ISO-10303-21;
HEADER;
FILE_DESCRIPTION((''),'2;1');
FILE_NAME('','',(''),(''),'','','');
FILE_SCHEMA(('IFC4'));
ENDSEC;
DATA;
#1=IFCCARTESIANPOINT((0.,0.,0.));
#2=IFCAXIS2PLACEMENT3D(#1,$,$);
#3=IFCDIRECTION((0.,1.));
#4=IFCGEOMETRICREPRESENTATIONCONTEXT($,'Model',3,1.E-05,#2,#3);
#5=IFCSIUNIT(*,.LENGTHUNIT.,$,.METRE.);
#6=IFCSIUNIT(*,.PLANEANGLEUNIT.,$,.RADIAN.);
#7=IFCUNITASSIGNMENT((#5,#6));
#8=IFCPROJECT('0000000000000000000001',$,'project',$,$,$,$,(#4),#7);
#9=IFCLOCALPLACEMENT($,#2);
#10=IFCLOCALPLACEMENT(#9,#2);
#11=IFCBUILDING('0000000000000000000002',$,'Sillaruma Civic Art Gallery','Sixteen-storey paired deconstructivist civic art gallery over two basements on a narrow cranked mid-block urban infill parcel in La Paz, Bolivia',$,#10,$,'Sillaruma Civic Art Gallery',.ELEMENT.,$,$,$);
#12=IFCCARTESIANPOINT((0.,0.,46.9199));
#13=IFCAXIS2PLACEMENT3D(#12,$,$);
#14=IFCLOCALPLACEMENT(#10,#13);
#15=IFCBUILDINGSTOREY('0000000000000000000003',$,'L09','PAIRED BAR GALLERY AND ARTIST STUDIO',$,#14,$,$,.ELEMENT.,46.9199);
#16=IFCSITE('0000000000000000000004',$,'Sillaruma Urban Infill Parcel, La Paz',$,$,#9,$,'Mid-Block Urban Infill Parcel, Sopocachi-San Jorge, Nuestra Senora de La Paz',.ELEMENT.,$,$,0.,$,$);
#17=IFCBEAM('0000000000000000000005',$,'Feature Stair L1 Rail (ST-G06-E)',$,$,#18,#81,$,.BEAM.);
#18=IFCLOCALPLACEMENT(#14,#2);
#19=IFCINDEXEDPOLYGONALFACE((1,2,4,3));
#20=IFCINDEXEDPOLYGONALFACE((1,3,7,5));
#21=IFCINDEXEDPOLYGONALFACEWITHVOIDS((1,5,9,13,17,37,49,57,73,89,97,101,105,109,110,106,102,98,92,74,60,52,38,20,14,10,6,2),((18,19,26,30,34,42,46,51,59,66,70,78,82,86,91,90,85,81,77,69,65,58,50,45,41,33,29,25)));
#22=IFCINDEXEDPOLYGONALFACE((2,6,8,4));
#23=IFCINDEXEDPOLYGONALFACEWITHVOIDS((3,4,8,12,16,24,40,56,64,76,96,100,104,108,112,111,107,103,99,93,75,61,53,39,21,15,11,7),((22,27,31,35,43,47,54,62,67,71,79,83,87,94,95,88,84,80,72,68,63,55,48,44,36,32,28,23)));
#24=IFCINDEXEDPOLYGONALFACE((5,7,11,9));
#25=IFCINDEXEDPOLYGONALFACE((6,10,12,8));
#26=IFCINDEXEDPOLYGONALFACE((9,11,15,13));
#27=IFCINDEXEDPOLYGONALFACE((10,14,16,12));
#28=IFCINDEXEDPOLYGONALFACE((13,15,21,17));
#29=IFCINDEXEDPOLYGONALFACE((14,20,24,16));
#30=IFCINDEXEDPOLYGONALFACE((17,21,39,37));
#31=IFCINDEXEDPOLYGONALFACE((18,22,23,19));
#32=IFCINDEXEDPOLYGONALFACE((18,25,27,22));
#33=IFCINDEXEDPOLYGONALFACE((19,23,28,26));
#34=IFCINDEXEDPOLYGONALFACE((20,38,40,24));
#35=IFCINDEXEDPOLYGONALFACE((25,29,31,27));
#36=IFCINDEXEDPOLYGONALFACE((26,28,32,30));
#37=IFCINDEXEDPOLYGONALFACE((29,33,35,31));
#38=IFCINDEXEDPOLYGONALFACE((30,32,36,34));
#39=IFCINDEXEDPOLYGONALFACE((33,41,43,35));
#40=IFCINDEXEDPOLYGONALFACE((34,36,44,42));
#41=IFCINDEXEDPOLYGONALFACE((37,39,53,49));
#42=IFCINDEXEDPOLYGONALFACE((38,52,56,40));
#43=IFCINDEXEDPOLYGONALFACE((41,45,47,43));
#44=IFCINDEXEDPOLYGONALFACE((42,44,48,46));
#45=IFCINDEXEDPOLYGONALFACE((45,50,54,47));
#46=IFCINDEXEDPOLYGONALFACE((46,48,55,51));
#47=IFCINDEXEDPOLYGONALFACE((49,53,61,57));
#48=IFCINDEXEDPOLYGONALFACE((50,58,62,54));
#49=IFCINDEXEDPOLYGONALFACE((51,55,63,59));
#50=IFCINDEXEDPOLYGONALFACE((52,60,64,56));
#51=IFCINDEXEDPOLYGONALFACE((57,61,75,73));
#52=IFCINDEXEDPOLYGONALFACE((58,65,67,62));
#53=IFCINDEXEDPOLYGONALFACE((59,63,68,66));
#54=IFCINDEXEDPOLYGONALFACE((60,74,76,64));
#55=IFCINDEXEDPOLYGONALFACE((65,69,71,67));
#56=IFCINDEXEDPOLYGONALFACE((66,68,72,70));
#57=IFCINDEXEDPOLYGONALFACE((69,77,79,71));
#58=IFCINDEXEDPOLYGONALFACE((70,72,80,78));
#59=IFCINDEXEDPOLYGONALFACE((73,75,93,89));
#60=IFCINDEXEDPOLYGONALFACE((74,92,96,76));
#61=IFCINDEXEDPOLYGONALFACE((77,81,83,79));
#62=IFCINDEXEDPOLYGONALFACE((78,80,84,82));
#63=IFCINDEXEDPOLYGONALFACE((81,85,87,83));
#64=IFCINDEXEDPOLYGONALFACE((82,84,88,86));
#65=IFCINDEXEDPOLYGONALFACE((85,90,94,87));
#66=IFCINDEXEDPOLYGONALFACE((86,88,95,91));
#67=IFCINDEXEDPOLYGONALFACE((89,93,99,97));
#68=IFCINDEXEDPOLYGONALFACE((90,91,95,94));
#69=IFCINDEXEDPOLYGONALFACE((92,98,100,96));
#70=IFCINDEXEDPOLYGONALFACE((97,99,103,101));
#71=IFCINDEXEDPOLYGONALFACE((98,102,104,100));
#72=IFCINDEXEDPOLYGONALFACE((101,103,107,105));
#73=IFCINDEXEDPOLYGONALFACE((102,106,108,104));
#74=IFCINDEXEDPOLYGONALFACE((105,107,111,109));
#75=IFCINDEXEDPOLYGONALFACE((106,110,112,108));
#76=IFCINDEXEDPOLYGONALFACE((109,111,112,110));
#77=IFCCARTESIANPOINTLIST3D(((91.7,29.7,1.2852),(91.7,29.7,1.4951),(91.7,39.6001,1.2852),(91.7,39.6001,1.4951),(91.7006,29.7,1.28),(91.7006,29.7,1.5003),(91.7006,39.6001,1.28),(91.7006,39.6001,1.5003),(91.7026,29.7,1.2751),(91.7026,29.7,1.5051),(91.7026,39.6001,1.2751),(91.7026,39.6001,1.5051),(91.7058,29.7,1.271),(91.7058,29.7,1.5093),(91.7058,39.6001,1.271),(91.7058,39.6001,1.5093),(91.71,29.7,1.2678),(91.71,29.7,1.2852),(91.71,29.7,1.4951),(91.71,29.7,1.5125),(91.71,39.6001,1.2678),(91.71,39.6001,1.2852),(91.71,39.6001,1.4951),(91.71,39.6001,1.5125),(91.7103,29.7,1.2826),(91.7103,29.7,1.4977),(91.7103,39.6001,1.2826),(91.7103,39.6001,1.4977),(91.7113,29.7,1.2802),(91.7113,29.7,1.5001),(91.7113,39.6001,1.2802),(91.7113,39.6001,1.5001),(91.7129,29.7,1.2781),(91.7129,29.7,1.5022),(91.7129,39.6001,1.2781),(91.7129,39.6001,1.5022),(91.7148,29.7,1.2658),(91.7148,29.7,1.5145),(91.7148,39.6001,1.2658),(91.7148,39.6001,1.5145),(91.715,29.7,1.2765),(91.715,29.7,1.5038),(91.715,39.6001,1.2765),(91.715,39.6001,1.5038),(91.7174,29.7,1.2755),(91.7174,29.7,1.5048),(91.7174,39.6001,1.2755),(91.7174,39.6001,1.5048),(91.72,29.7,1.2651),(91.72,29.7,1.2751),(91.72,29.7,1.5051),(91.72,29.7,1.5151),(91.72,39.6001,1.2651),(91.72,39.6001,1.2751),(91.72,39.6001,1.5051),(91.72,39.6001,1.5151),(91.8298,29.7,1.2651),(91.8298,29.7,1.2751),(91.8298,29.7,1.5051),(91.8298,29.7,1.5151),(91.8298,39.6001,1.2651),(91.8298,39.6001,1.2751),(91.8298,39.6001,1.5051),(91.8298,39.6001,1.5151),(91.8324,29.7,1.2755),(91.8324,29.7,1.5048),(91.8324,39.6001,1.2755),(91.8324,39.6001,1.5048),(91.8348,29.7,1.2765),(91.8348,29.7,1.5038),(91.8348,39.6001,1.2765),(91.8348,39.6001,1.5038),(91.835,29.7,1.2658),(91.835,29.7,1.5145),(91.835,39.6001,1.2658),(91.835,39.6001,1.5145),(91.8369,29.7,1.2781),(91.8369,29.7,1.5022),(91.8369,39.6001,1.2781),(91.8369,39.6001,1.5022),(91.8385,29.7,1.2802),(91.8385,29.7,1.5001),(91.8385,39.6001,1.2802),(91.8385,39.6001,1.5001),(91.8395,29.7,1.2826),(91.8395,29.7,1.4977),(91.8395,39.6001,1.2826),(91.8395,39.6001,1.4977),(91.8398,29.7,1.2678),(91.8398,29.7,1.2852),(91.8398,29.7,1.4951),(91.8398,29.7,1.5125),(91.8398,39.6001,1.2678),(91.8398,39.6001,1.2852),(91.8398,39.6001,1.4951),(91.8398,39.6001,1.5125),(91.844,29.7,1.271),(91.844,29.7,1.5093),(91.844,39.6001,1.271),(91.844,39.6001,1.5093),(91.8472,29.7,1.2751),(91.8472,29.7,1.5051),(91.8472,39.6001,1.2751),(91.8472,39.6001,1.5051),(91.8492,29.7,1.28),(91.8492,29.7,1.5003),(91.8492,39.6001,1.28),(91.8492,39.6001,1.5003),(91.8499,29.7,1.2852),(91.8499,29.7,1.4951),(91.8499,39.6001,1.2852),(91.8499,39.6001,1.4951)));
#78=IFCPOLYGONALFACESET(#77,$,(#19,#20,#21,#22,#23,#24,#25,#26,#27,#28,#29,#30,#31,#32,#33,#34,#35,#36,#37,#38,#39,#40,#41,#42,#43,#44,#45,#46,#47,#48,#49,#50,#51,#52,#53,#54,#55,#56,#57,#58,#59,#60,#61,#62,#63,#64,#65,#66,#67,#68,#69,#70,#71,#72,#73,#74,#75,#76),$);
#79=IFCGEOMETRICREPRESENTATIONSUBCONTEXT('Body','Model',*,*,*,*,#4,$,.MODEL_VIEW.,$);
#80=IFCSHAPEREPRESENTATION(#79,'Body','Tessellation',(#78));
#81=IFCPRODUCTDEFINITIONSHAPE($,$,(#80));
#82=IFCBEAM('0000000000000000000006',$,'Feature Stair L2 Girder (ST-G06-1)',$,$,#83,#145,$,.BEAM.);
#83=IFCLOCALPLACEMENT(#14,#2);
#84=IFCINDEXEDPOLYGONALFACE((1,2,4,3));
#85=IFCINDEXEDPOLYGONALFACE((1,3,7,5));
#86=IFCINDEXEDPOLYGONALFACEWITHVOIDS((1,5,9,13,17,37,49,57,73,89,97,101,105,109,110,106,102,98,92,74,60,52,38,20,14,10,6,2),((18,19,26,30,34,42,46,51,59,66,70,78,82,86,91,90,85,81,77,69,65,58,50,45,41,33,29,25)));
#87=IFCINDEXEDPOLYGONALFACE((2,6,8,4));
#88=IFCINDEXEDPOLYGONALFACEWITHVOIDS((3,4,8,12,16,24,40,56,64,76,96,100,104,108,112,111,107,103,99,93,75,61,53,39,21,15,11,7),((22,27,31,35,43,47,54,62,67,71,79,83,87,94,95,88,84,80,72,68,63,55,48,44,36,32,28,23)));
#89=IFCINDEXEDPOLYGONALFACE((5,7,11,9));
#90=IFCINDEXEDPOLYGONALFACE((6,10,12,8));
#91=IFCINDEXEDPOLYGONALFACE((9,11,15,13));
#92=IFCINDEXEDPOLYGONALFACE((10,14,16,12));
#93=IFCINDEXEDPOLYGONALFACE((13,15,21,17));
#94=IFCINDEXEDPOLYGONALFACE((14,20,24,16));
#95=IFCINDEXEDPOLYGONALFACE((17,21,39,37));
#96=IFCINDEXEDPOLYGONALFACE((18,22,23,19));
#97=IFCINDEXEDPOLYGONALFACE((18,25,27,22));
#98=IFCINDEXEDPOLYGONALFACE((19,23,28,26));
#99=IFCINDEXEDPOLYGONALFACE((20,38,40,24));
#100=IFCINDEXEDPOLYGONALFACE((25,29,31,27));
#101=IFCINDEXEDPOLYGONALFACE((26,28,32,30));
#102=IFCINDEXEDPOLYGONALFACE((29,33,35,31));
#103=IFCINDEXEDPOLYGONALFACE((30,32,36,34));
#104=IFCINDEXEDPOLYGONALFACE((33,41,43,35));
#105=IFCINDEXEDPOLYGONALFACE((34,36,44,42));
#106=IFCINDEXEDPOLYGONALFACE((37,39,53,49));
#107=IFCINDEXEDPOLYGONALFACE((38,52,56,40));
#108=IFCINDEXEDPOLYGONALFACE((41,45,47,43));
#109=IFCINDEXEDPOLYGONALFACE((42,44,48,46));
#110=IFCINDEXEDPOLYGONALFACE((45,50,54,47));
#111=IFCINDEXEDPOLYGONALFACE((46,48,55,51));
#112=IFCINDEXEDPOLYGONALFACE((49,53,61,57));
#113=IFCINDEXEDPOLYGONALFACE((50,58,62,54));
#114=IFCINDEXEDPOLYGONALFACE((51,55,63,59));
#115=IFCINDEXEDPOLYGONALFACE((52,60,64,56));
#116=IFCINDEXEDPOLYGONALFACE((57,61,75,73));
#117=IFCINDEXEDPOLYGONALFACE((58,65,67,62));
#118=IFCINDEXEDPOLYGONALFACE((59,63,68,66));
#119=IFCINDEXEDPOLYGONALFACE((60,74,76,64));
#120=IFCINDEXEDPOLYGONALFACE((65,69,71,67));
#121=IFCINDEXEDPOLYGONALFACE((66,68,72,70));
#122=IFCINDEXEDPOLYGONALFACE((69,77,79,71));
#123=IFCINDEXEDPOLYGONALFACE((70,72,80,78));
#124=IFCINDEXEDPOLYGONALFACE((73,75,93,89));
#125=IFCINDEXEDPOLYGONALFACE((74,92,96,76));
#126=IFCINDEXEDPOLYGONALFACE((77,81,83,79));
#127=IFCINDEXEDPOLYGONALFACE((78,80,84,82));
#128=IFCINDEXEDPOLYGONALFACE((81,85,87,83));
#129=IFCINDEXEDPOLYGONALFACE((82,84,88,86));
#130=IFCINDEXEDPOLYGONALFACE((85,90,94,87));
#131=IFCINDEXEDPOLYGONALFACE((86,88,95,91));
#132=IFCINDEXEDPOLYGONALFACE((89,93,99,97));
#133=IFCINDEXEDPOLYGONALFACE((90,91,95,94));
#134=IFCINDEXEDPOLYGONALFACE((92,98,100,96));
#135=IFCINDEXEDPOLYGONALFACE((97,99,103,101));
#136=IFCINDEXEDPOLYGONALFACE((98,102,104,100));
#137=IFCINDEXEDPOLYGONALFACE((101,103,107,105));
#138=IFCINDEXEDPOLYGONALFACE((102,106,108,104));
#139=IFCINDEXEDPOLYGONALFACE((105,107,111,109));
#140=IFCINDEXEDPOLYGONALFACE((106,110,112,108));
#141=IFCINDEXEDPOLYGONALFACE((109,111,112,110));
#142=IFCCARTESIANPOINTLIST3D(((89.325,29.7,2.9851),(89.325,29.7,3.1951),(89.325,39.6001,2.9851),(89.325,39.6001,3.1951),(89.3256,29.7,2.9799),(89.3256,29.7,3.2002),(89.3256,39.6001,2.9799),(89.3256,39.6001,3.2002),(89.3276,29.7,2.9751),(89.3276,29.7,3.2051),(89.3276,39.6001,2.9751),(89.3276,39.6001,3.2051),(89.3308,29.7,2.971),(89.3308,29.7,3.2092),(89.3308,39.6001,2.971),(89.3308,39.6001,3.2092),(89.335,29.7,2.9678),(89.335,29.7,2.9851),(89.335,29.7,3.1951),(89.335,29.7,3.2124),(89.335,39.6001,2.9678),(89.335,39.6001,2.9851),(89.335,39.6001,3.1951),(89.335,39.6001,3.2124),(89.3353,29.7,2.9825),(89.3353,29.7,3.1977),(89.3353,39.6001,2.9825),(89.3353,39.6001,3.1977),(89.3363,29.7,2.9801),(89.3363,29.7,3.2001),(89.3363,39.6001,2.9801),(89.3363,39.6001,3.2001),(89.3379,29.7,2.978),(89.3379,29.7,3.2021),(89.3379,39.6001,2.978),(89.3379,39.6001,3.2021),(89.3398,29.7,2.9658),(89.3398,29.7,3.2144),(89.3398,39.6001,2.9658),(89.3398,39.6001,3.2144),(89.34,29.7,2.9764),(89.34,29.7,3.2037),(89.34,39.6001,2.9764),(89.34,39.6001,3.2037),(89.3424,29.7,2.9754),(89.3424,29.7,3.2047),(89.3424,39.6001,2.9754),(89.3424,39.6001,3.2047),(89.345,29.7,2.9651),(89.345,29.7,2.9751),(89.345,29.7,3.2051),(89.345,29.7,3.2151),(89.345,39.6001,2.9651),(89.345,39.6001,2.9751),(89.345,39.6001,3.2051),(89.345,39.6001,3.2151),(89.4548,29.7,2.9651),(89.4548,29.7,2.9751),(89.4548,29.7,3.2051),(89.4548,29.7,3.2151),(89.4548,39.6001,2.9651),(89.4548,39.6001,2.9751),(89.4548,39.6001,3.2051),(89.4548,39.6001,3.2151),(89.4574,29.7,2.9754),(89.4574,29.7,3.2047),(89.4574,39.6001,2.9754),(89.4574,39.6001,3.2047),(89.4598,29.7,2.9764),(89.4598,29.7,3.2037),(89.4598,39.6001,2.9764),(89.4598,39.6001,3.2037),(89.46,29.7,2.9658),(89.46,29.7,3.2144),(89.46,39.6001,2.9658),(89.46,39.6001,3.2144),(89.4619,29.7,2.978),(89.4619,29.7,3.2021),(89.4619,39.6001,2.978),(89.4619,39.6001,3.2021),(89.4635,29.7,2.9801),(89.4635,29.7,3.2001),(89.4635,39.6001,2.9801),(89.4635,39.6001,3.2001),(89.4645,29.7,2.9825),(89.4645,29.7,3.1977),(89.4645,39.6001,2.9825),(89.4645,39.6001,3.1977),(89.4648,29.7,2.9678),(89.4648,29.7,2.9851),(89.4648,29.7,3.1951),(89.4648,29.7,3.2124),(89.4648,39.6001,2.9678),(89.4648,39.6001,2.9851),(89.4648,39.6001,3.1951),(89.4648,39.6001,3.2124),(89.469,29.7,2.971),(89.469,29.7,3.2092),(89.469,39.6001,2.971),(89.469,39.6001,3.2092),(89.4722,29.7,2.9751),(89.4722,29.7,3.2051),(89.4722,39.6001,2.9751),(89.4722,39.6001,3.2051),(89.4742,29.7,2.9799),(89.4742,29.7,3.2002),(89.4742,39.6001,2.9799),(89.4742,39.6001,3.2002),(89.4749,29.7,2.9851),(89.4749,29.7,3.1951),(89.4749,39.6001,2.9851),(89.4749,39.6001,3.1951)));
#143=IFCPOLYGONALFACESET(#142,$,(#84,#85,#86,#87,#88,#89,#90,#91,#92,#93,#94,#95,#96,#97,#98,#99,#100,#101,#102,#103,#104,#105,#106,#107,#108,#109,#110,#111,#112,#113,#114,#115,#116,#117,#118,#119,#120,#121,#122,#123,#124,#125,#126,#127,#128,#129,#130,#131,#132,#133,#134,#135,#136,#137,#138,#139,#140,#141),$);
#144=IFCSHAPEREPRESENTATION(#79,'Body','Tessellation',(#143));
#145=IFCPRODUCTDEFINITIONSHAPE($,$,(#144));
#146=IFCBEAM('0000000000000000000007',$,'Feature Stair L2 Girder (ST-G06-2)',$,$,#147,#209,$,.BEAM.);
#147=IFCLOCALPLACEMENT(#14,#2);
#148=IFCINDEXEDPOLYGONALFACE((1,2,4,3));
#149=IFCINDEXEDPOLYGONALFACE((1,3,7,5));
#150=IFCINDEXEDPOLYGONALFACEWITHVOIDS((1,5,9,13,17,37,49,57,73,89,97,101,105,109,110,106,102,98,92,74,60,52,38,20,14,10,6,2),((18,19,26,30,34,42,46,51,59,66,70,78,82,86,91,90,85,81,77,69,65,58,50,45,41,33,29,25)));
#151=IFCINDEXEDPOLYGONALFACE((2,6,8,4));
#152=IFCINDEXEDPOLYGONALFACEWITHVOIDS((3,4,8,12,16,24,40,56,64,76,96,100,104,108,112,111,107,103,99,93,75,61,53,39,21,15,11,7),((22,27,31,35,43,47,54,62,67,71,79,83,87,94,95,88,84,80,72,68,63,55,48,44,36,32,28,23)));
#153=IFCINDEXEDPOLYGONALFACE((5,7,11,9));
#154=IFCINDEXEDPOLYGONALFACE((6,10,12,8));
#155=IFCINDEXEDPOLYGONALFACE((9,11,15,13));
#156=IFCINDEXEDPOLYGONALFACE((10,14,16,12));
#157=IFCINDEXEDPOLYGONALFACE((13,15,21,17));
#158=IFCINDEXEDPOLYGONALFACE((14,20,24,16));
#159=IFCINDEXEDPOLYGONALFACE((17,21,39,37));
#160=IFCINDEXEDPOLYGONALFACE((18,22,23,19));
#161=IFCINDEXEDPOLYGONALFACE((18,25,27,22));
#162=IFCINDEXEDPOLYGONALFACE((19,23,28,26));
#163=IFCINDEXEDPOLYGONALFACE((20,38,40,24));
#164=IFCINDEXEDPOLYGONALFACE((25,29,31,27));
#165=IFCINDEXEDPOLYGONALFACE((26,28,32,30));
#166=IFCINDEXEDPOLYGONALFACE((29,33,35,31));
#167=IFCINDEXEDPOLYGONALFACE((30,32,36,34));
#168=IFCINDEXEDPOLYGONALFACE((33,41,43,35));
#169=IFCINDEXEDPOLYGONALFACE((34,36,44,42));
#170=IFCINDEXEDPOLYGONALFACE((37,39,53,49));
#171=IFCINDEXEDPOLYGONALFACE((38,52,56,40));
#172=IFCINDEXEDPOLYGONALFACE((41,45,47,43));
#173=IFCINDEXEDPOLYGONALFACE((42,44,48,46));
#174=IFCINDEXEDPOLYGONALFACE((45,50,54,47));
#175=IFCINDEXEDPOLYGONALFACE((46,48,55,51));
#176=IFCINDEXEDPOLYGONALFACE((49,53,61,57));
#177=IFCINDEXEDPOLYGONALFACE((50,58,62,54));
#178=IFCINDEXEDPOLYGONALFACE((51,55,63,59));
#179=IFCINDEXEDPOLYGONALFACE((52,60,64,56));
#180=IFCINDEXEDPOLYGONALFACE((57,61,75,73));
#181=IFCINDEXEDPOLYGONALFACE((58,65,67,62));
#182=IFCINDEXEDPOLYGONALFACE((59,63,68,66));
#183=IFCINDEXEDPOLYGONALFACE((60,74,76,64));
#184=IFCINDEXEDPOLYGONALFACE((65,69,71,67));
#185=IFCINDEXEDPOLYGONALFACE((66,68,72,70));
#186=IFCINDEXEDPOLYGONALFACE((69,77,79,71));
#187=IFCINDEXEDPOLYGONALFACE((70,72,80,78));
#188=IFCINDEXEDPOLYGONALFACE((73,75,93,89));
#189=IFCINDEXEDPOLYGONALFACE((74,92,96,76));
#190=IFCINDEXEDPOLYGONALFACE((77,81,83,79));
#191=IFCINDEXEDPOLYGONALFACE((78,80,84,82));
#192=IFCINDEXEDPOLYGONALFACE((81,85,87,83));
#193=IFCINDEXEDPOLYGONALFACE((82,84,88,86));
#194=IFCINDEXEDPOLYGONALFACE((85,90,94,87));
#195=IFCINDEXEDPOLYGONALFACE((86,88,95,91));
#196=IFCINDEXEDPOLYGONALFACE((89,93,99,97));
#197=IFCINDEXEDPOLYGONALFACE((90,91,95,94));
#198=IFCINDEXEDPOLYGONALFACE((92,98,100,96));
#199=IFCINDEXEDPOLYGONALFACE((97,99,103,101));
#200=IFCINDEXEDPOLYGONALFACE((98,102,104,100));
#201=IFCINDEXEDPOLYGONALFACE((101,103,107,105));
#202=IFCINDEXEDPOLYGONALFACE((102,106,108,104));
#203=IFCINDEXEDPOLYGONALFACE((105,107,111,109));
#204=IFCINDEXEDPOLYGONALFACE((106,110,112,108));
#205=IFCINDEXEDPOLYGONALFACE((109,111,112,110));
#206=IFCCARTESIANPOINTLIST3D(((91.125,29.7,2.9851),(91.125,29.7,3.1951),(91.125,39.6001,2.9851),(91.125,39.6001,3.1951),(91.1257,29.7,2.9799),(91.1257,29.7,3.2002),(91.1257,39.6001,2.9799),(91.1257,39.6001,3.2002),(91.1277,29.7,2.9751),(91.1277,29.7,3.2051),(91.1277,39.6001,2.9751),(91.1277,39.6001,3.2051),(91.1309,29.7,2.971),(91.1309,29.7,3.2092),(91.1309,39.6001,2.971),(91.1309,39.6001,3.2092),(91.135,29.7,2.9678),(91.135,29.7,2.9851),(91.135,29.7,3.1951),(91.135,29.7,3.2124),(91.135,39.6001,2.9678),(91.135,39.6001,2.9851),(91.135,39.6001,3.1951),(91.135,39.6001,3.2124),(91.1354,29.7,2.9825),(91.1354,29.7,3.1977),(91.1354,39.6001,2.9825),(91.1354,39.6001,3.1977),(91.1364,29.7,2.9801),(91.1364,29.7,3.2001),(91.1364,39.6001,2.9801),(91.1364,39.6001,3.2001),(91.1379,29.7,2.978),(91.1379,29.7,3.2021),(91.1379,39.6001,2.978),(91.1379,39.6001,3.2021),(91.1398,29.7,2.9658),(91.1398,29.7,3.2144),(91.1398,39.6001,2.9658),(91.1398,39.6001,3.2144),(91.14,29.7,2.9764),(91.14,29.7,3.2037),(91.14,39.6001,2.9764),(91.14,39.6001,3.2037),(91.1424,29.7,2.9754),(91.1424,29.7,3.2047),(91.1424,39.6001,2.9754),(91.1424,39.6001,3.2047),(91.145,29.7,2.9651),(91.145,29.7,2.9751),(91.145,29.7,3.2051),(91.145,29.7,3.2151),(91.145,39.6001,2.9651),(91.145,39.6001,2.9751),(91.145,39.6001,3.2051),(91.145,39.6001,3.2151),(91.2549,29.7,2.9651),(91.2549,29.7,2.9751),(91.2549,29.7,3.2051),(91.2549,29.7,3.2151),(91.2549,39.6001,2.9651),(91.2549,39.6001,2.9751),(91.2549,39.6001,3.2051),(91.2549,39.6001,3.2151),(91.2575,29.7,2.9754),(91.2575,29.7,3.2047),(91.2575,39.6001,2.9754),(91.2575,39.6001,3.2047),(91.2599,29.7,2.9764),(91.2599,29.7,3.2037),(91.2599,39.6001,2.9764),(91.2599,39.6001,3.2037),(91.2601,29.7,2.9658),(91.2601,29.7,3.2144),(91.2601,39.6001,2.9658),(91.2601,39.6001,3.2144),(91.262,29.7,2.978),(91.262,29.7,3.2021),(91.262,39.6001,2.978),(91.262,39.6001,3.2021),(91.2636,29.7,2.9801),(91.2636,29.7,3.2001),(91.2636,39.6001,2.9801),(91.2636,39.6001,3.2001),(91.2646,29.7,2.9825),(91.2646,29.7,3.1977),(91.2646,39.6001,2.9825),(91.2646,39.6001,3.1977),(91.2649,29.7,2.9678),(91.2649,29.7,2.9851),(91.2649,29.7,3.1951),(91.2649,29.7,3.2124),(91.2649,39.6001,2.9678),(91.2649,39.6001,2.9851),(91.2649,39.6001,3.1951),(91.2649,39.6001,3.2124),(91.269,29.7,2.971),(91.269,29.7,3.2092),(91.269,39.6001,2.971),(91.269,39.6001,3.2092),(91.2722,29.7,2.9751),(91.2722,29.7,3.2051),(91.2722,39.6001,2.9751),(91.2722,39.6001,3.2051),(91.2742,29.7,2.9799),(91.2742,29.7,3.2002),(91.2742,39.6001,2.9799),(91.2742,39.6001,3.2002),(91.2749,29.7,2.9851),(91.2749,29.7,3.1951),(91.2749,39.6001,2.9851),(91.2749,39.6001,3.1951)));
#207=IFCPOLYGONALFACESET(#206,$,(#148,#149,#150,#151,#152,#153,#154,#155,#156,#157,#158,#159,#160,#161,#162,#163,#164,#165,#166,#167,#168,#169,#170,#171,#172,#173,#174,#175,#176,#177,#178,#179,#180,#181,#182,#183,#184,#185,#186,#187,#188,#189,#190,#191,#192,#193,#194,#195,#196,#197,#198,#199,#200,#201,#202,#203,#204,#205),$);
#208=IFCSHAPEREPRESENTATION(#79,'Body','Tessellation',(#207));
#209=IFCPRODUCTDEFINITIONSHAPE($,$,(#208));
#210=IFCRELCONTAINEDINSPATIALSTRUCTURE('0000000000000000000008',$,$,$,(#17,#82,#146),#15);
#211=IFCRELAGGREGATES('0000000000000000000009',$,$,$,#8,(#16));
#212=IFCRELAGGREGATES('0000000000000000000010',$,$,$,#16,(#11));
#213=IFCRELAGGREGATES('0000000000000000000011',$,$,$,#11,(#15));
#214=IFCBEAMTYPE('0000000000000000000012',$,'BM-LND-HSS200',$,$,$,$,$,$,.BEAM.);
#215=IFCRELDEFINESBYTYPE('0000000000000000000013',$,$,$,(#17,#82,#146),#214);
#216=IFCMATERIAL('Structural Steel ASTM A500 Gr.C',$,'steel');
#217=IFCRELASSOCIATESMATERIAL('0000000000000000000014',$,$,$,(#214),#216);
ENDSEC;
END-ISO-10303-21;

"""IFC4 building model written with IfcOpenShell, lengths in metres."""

from ifc_helpers import new_model, si_unit, direction, frame, origin, origin_2d, place, context, subcontext, project, spatial, hollow_rectangle, extrude, material, material_profile, profile_set, type_object, element, save


model = new_model("IFC4")

# Units and contexts
model_context = context("Model", 3, precision=1e-05, world=origin(), true_north=direction((0.0, 1.0)))
body_context = subcontext(model_context, "Body", "Model", "MODEL_VIEW")
ifc_project = project(units=[si_unit("LENGTHUNIT", "METRE"), si_unit("PLANEANGLEUNIT", "RADIAN")], contexts=[model_context])

# Site, building, storey
site_placement = place(None, origin())
site = spatial("IfcSite", under=ifc_project, at=site_placement, Name="Sillaruma Urban Infill Parcel, La Paz", LongName="Mid-Block Urban Infill Parcel, Sopocachi-San Jorge, Nuestra Senora de La Paz", CompositionType="ELEMENT", RefElevation=0.0)
building_placement = place(site_placement, origin())
building = spatial("IfcBuilding", under=site, at=building_placement, Name="Sillaruma Civic Art Gallery", Description="Sixteen-storey paired deconstructivist civic art gallery over two basements on a narrow cranked mid-block urban infill parcel in La Paz, Bolivia", LongName="Sillaruma Civic Art Gallery", CompositionType="ELEMENT")
storey_placement = place(building_placement, frame((0.0, 0.0, 46.9199)))
storey = spatial("IfcBuildingStorey", under=building, at=storey_placement, Name="L09", Description="PAIRED BAR GALLERY AND ARTIST STUDIO", CompositionType="ELEMENT", Elevation=46.9199)

# Beams
ifc_material_1 = material(Name="Structural Steel ASTM A500 Gr.C", Category="steel")
ifc_material_profile_1 = material_profile(ifc_material_1, hollow_rectangle(XDim=0.1499, YDim=0.25, WallThickness=0.01, InnerFilletRadius=0.01, OuterFilletRadius=0.02, at=origin_2d()), Name="HSS250x150x10")
ifc_profile_set_1 = profile_set([ifc_material_profile_1], Name="Structural Steel ASTM A500 Gr.C")
beam_type_1 = type_object("IfcBeamType", Name="BM-LND-HSS200", PredefinedType="BEAM", material=ifc_profile_set_1)
for number, where, z_axis, x_axis, name in (
    (1, (91.7749, 29.7, 1.3901), (0.0, 1.0, 0.0), (-1.0, 0.0, 0.0), "Feature Stair L1 Rail (ST-G06-E)"),
    (2, (89.3999, 29.7, 3.0901), (0.0, 1.0, 0.0), (-1.0, 0.0, 0.0), "Feature Stair L2 Girder (ST-G06-1)"),
    (3, (91.2, 29.7, 3.0901), (0.0, 1.0, 0.0), (-1.0, 0.0, 0.0), "Feature Stair L2 Girder (ST-G06-2)"),
):
    element("IfcBeam", number, at=place(storey_placement, frame(where, z_axis=z_axis, x_axis=x_axis)), inside=storey, type_object=beam_type_1, Name=name, PredefinedType="BEAM", context=body_context, shape_type="SweptSolid", body=[
        extrude(hollow_rectangle(XDim=0.1499, YDim=0.25, WallThickness=0.01, InnerFilletRadius=0.01, OuterFilletRadius=0.02, at=origin_2d()), origin(), (0.0, 0.0, 1.0), 9.9001),
    ])

save(model, "model.ifc")
